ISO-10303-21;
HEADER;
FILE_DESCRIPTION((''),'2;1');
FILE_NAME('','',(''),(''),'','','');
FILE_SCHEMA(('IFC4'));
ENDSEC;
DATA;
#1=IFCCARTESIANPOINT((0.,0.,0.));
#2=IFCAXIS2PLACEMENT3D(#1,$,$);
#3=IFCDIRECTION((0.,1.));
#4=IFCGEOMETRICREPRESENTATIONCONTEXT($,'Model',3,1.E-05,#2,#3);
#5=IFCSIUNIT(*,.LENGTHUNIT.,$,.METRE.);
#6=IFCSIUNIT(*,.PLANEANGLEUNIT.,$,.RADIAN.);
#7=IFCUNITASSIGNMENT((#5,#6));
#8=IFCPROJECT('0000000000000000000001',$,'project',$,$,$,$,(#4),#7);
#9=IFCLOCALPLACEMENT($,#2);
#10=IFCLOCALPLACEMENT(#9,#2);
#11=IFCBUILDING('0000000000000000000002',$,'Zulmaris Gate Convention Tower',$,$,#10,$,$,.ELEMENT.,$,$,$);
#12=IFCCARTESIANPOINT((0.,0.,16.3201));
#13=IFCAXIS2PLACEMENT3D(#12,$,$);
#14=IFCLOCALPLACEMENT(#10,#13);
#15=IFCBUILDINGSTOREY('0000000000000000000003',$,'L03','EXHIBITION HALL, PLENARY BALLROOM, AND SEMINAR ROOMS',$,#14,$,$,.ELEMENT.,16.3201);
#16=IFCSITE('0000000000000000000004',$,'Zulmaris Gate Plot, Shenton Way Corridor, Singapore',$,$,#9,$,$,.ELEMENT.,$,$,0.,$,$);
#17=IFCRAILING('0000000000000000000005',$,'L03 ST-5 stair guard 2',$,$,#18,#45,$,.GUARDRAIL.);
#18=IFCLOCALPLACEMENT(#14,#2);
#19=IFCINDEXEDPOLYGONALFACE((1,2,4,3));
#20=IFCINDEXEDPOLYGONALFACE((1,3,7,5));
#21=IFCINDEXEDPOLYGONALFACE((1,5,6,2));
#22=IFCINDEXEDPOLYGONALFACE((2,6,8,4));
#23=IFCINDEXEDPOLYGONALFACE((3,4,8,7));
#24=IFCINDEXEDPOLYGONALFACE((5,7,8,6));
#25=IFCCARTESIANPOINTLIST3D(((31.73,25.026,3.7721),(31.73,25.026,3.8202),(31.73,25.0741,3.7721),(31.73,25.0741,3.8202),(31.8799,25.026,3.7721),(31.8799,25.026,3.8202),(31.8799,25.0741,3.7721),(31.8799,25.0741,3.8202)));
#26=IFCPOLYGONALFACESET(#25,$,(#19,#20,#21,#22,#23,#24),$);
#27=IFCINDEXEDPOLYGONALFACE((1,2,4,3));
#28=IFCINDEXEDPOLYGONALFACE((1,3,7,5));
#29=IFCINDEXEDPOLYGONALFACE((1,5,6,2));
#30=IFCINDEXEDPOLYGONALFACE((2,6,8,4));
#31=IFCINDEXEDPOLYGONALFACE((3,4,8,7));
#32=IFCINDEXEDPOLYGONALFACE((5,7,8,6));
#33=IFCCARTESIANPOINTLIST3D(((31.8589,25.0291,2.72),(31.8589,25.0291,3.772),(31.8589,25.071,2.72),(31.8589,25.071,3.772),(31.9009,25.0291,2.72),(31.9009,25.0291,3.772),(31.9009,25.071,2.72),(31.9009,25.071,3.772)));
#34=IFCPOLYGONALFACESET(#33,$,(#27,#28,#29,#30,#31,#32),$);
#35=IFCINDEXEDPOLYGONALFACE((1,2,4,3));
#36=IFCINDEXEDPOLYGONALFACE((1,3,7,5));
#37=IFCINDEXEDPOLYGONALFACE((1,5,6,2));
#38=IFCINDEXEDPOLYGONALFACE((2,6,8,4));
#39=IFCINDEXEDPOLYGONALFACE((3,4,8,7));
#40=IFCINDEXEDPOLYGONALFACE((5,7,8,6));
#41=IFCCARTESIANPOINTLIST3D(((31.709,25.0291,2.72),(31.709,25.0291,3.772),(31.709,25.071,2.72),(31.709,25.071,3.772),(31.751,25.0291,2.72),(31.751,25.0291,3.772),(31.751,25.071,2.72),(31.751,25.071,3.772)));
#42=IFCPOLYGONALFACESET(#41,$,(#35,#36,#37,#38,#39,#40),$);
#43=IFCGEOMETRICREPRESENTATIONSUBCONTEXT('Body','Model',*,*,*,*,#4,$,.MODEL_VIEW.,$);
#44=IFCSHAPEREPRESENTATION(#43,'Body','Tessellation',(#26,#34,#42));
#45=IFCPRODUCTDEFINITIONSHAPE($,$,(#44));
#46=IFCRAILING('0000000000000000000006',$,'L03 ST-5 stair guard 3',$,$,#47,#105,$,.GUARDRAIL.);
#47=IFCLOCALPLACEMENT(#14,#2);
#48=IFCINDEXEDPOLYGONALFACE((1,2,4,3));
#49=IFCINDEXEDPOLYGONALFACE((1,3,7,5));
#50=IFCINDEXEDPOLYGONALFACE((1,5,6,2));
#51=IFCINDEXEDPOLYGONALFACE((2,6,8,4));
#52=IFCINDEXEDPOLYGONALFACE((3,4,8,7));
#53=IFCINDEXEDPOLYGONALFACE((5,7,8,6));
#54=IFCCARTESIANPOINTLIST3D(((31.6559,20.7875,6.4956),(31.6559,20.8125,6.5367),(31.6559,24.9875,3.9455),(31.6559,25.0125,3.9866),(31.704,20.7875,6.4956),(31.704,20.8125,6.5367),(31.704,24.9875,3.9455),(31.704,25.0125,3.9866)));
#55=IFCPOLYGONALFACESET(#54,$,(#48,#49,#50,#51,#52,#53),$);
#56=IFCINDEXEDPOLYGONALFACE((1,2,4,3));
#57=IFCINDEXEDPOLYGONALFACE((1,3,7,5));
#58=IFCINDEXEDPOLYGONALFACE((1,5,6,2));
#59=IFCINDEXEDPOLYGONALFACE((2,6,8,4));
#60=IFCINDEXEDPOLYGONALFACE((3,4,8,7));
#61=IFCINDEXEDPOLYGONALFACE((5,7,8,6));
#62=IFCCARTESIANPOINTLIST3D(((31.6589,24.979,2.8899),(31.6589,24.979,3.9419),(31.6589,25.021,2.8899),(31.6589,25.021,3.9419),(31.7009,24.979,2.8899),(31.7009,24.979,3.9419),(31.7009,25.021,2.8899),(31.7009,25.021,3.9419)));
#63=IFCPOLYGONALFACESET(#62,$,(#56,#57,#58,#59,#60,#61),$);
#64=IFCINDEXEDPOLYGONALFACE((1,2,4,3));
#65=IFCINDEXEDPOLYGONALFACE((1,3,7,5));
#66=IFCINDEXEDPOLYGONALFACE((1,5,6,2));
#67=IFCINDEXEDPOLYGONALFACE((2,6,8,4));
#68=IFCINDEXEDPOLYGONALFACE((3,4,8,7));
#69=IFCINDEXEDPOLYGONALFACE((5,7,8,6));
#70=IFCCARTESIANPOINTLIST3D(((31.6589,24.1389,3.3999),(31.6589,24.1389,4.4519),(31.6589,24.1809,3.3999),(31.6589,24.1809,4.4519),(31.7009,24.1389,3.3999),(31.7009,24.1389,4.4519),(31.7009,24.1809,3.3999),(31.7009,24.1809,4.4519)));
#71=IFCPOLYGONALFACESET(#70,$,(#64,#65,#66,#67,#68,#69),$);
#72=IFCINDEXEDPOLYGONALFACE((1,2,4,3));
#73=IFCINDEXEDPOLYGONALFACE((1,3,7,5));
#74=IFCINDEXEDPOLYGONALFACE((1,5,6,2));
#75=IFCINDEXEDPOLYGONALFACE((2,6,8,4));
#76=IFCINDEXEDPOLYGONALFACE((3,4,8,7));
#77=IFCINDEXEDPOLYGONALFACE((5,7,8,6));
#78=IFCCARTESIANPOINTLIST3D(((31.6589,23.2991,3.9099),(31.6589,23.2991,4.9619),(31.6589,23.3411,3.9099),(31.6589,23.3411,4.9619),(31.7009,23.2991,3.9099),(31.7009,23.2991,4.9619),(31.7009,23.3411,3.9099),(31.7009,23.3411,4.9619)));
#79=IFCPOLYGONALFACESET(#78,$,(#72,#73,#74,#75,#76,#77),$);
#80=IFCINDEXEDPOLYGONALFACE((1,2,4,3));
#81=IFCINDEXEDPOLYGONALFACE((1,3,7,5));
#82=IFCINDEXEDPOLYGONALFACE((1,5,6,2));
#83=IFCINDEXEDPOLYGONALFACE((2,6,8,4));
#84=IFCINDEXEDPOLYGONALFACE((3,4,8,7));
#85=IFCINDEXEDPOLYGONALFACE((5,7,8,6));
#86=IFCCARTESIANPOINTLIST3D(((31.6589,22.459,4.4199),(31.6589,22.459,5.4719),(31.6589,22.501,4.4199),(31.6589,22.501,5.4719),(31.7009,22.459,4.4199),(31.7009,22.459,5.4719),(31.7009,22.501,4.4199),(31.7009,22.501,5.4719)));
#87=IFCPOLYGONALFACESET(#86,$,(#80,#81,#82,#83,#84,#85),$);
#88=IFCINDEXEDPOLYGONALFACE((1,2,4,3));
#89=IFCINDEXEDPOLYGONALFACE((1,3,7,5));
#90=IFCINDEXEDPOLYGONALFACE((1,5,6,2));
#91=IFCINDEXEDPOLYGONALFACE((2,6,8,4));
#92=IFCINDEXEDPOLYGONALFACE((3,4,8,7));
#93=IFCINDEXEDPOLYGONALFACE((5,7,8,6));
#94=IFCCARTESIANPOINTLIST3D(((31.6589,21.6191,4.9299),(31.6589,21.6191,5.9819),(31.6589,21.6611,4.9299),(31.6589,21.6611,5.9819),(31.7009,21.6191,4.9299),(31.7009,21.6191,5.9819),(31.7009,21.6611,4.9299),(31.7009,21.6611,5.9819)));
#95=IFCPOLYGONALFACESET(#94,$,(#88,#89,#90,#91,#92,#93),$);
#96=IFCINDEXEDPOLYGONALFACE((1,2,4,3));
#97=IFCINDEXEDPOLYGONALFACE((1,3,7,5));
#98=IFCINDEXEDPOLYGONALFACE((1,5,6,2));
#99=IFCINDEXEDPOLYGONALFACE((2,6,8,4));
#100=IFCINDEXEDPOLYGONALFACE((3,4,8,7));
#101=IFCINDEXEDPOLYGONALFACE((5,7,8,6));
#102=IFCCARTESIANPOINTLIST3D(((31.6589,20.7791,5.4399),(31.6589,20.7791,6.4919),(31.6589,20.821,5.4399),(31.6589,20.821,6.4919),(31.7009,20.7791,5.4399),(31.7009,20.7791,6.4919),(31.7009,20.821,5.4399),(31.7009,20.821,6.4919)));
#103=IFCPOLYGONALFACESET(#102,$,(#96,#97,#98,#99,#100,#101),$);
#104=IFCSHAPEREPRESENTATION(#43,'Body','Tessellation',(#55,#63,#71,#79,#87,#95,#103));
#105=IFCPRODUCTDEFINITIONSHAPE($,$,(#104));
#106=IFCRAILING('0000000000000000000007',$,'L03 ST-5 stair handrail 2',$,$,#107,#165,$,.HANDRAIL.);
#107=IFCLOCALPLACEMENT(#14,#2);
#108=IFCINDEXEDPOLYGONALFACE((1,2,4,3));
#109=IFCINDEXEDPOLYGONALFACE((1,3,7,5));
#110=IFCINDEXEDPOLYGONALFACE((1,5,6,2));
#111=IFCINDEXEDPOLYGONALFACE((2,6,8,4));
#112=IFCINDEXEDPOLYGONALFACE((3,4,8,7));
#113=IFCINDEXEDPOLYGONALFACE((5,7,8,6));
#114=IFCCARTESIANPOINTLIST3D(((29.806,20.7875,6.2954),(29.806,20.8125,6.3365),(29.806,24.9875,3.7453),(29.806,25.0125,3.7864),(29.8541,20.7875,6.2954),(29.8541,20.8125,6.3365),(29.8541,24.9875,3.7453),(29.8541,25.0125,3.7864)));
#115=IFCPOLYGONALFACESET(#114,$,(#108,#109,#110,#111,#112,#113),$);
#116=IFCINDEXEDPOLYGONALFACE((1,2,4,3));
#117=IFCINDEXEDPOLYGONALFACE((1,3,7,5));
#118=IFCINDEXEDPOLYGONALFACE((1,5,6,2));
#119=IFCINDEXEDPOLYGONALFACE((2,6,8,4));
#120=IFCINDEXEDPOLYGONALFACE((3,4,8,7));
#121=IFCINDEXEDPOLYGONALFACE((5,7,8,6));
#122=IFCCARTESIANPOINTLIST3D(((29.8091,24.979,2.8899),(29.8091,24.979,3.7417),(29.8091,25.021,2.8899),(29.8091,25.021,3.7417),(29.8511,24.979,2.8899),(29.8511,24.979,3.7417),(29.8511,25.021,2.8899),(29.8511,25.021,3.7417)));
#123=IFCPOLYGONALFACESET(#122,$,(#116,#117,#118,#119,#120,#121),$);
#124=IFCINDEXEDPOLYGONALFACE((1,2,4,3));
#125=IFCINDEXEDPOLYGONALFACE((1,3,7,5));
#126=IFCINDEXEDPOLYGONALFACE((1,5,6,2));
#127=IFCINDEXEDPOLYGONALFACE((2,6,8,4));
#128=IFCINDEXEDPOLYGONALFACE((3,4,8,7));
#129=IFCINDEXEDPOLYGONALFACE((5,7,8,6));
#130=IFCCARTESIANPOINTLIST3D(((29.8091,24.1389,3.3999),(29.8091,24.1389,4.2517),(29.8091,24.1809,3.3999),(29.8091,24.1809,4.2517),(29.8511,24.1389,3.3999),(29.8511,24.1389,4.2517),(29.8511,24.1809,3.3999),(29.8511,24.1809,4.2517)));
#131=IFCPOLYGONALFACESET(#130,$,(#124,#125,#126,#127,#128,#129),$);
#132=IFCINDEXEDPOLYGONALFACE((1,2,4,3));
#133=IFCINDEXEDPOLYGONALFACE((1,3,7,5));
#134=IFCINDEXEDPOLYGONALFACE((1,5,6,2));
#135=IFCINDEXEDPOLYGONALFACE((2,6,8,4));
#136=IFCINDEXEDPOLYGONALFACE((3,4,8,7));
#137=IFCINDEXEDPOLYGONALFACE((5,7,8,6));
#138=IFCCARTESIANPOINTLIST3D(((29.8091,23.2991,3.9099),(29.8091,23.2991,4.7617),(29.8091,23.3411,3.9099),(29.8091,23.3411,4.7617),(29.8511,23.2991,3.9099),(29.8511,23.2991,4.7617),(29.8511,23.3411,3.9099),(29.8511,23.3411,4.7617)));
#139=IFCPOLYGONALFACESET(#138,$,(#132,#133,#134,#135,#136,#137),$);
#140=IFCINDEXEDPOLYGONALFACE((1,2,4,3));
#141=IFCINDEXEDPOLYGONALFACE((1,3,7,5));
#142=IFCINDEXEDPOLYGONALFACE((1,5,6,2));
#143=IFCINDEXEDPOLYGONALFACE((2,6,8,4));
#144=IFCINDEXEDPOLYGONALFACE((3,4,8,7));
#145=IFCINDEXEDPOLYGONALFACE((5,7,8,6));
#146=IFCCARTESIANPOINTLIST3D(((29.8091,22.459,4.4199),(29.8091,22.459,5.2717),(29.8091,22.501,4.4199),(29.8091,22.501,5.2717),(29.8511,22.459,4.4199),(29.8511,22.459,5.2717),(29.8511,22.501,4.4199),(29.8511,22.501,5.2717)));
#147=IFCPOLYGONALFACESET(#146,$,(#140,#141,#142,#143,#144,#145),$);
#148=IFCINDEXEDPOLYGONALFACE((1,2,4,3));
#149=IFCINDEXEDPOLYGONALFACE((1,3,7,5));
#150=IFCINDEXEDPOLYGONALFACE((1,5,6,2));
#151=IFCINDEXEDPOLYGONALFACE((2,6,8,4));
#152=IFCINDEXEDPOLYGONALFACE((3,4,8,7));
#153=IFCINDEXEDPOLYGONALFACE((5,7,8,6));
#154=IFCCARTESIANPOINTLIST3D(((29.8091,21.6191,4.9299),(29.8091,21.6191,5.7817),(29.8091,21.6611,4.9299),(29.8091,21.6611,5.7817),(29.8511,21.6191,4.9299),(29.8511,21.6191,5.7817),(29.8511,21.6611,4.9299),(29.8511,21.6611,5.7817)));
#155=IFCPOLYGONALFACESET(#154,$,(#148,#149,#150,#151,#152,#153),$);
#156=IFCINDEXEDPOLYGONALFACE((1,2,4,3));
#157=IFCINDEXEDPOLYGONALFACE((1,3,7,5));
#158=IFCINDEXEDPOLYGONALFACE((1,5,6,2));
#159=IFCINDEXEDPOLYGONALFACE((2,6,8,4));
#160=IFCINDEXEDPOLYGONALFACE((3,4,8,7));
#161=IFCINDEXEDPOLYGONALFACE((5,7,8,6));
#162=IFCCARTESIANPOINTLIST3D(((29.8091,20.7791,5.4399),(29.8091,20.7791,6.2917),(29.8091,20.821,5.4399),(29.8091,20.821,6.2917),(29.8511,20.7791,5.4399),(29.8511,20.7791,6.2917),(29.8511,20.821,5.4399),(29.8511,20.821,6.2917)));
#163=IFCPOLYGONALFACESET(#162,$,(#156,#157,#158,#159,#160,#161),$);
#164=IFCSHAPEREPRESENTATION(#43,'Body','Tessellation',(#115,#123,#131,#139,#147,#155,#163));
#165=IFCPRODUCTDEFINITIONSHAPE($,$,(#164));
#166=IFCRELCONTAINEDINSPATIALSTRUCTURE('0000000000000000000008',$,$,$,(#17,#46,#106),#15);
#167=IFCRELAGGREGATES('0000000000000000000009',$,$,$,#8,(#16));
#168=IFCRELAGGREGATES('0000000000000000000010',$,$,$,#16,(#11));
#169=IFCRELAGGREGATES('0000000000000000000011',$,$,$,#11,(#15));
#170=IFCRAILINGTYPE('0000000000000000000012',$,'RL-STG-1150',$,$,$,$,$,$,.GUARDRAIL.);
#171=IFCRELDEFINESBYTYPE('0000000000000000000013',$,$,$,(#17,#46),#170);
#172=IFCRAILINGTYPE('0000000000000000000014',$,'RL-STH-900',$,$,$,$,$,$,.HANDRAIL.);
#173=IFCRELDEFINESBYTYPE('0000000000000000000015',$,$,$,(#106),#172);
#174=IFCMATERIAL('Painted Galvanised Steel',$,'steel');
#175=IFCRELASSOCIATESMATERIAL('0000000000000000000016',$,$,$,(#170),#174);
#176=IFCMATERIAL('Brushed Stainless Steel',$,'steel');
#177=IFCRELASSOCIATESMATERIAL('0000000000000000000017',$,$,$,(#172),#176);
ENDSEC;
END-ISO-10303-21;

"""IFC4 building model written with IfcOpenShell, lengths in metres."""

from ifc_helpers import new_model, si_unit, direction, frame, origin, origin_2d, place, context, subcontext, project, spatial, rectangle, extrude, material, type_object, element, save


model = new_model("IFC4")

# Units and contexts
model_context = context("Model", 3, precision=1e-05, world=origin(), true_north=direction((0.0, 1.0)))
body_context = subcontext(model_context, "Body", "Model", "MODEL_VIEW")
ifc_project = project(units=[si_unit("LENGTHUNIT", "METRE"), si_unit("PLANEANGLEUNIT", "RADIAN")], contexts=[model_context])

# Site, building, storey
site_placement = place(None, origin())
site = spatial("IfcSite", under=ifc_project, at=site_placement, Name="Zulmaris Gate Plot, Shenton Way Corridor, Singapore", CompositionType="ELEMENT", RefElevation=0.0)
building_placement = place(site_placement, origin())
building = spatial("IfcBuilding", under=site, at=building_placement, Name="Zulmaris Gate Convention Tower", CompositionType="ELEMENT")
storey_placement = place(building_placement, frame((0.0, 0.0, 16.3201)))
storey = spatial("IfcBuildingStorey", under=building, at=storey_placement, Name="L03", Description="EXHIBITION HALL, PLENARY BALLROOM, AND SEMINAR ROOMS", CompositionType="ELEMENT", Elevation=16.3201)

# Railings
ifc_material_1 = material(Name="Painted Galvanised Steel", Category="steel")
railing_type_1 = type_object("IfcRailingType", Name="RL-STG-1150", PredefinedType="GUARDRAIL", material=ifc_material_1)
railing_1_placement = place(storey_placement, frame((31.8799, 25.05, 2.72)))
element("IfcRailing", 1, at=railing_1_placement, inside=storey, type_object=railing_type_1, Name="L03 ST-5 stair guard 2", PredefinedType="GUARDRAIL", context=body_context, shape_type="SweptSolid", body=[
    extrude(rectangle(XDim=0.0481, YDim=0.0481, at=origin_2d()), frame((0.0, 0.0, 1.0762), z_axis=(-1.0, 0.0, 0.0), x_axis=(0.0, -1.0, 0.0)), (0.0, 0.0, 1.0), 0.1499),
    extrude(rectangle(XDim=0.042, YDim=0.042, at=origin_2d()), origin(), (0.0, 0.0, 1.0), 1.052),
    extrude(rectangle(XDim=0.042, YDim=0.042, at=origin_2d()), frame((-0.1499, 0.0, 0.0)), (0.0, 0.0, 1.0), 1.052),
])
railing_2_placement = place(storey_placement, frame((31.6799, 25.0, 2.8899)))
element("IfcRailing", 2, at=railing_2_placement, inside=storey, type_object=railing_type_1, Name="L03 ST-5 stair guard 3", PredefinedType="GUARDRAIL", context=body_context, shape_type="SweptSolid", body=[
    extrude(rectangle(XDim=0.0481, YDim=0.0481, at=origin_2d()), frame((0.0, 0.0, 1.0762), z_axis=(0.0, -0.85478, 0.51899), x_axis=(1.0, 0.0, 0.0)), (0.0, 0.0, 1.0), 4.9136),
    extrude(rectangle(XDim=0.042, YDim=0.042, at=origin_2d()), origin(), (0.0, 0.0, 1.0), 1.052),
    extrude(rectangle(XDim=0.042, YDim=0.042, at=origin_2d()), frame((0.0, -0.8401, 0.51)), (0.0, 0.0, 1.0), 1.052),
    extrude(rectangle(XDim=0.042, YDim=0.042, at=origin_2d()), frame((0.0, -1.6799, 1.02)), (0.0, 0.0, 1.0), 1.052),
    extrude(rectangle(XDim=0.042, YDim=0.042, at=origin_2d()), frame((0.0, -2.52, 1.53)), (0.0, 0.0, 1.0), 1.052),
    extrude(rectangle(XDim=0.042, YDim=0.042, at=origin_2d()), frame((0.0, -3.3599, 2.04)), (0.0, 0.0, 1.0), 1.052),
    extrude(rectangle(XDim=0.042, YDim=0.042, at=origin_2d()), frame((0.0, -4.2, 2.55)), (0.0, 0.0, 1.0), 1.052),
])
ifc_material_2 = material(Name="Brushed Stainless Steel", Category="steel")
railing_type_2 = type_object("IfcRailingType", Name="RL-STH-900", PredefinedType="HANDRAIL", material=ifc_material_2)
railing_3_placement = place(storey_placement, frame((29.8301, 25.0, 2.8899)))
element("IfcRailing", 3, at=railing_3_placement, inside=storey, type_object=railing_type_2, Name="L03 ST-5 stair handrail 2", PredefinedType="HANDRAIL", context=body_context, shape_type="SweptSolid", body=[
    extrude(rectangle(XDim=0.0481, YDim=0.0481, at=origin_2d()), frame((0.0, 0.0, 0.876), z_axis=(0.0, -0.85478, 0.51899), x_axis=(1.0, 0.0, 0.0)), (0.0, 0.0, 1.0), 4.9136),
    extrude(rectangle(XDim=0.042, YDim=0.042, at=origin_2d()), origin(), (0.0, 0.0, 1.0), 0.8518),
    extrude(rectangle(XDim=0.042, YDim=0.042, at=origin_2d()), frame((0.0, -0.8401, 0.51)), (0.0, 0.0, 1.0), 0.8518),
    extrude(rectangle(XDim=0.042, YDim=0.042, at=origin_2d()), frame((0.0, -1.6799, 1.02)), (0.0, 0.0, 1.0), 0.8518),
    extrude(rectangle(XDim=0.042, YDim=0.042, at=origin_2d()), frame((0.0, -2.52, 1.53)), (0.0, 0.0, 1.0), 0.8518),
    extrude(rectangle(XDim=0.042, YDim=0.042, at=origin_2d()), frame((0.0, -3.3599, 2.04)), (0.0, 0.0, 1.0), 0.8518),
    extrude(rectangle(XDim=0.042, YDim=0.042, at=origin_2d()), frame((0.0, -4.2, 2.55)), (0.0, 0.0, 1.0), 0.8518),
])

save(model, "model.ifc")
